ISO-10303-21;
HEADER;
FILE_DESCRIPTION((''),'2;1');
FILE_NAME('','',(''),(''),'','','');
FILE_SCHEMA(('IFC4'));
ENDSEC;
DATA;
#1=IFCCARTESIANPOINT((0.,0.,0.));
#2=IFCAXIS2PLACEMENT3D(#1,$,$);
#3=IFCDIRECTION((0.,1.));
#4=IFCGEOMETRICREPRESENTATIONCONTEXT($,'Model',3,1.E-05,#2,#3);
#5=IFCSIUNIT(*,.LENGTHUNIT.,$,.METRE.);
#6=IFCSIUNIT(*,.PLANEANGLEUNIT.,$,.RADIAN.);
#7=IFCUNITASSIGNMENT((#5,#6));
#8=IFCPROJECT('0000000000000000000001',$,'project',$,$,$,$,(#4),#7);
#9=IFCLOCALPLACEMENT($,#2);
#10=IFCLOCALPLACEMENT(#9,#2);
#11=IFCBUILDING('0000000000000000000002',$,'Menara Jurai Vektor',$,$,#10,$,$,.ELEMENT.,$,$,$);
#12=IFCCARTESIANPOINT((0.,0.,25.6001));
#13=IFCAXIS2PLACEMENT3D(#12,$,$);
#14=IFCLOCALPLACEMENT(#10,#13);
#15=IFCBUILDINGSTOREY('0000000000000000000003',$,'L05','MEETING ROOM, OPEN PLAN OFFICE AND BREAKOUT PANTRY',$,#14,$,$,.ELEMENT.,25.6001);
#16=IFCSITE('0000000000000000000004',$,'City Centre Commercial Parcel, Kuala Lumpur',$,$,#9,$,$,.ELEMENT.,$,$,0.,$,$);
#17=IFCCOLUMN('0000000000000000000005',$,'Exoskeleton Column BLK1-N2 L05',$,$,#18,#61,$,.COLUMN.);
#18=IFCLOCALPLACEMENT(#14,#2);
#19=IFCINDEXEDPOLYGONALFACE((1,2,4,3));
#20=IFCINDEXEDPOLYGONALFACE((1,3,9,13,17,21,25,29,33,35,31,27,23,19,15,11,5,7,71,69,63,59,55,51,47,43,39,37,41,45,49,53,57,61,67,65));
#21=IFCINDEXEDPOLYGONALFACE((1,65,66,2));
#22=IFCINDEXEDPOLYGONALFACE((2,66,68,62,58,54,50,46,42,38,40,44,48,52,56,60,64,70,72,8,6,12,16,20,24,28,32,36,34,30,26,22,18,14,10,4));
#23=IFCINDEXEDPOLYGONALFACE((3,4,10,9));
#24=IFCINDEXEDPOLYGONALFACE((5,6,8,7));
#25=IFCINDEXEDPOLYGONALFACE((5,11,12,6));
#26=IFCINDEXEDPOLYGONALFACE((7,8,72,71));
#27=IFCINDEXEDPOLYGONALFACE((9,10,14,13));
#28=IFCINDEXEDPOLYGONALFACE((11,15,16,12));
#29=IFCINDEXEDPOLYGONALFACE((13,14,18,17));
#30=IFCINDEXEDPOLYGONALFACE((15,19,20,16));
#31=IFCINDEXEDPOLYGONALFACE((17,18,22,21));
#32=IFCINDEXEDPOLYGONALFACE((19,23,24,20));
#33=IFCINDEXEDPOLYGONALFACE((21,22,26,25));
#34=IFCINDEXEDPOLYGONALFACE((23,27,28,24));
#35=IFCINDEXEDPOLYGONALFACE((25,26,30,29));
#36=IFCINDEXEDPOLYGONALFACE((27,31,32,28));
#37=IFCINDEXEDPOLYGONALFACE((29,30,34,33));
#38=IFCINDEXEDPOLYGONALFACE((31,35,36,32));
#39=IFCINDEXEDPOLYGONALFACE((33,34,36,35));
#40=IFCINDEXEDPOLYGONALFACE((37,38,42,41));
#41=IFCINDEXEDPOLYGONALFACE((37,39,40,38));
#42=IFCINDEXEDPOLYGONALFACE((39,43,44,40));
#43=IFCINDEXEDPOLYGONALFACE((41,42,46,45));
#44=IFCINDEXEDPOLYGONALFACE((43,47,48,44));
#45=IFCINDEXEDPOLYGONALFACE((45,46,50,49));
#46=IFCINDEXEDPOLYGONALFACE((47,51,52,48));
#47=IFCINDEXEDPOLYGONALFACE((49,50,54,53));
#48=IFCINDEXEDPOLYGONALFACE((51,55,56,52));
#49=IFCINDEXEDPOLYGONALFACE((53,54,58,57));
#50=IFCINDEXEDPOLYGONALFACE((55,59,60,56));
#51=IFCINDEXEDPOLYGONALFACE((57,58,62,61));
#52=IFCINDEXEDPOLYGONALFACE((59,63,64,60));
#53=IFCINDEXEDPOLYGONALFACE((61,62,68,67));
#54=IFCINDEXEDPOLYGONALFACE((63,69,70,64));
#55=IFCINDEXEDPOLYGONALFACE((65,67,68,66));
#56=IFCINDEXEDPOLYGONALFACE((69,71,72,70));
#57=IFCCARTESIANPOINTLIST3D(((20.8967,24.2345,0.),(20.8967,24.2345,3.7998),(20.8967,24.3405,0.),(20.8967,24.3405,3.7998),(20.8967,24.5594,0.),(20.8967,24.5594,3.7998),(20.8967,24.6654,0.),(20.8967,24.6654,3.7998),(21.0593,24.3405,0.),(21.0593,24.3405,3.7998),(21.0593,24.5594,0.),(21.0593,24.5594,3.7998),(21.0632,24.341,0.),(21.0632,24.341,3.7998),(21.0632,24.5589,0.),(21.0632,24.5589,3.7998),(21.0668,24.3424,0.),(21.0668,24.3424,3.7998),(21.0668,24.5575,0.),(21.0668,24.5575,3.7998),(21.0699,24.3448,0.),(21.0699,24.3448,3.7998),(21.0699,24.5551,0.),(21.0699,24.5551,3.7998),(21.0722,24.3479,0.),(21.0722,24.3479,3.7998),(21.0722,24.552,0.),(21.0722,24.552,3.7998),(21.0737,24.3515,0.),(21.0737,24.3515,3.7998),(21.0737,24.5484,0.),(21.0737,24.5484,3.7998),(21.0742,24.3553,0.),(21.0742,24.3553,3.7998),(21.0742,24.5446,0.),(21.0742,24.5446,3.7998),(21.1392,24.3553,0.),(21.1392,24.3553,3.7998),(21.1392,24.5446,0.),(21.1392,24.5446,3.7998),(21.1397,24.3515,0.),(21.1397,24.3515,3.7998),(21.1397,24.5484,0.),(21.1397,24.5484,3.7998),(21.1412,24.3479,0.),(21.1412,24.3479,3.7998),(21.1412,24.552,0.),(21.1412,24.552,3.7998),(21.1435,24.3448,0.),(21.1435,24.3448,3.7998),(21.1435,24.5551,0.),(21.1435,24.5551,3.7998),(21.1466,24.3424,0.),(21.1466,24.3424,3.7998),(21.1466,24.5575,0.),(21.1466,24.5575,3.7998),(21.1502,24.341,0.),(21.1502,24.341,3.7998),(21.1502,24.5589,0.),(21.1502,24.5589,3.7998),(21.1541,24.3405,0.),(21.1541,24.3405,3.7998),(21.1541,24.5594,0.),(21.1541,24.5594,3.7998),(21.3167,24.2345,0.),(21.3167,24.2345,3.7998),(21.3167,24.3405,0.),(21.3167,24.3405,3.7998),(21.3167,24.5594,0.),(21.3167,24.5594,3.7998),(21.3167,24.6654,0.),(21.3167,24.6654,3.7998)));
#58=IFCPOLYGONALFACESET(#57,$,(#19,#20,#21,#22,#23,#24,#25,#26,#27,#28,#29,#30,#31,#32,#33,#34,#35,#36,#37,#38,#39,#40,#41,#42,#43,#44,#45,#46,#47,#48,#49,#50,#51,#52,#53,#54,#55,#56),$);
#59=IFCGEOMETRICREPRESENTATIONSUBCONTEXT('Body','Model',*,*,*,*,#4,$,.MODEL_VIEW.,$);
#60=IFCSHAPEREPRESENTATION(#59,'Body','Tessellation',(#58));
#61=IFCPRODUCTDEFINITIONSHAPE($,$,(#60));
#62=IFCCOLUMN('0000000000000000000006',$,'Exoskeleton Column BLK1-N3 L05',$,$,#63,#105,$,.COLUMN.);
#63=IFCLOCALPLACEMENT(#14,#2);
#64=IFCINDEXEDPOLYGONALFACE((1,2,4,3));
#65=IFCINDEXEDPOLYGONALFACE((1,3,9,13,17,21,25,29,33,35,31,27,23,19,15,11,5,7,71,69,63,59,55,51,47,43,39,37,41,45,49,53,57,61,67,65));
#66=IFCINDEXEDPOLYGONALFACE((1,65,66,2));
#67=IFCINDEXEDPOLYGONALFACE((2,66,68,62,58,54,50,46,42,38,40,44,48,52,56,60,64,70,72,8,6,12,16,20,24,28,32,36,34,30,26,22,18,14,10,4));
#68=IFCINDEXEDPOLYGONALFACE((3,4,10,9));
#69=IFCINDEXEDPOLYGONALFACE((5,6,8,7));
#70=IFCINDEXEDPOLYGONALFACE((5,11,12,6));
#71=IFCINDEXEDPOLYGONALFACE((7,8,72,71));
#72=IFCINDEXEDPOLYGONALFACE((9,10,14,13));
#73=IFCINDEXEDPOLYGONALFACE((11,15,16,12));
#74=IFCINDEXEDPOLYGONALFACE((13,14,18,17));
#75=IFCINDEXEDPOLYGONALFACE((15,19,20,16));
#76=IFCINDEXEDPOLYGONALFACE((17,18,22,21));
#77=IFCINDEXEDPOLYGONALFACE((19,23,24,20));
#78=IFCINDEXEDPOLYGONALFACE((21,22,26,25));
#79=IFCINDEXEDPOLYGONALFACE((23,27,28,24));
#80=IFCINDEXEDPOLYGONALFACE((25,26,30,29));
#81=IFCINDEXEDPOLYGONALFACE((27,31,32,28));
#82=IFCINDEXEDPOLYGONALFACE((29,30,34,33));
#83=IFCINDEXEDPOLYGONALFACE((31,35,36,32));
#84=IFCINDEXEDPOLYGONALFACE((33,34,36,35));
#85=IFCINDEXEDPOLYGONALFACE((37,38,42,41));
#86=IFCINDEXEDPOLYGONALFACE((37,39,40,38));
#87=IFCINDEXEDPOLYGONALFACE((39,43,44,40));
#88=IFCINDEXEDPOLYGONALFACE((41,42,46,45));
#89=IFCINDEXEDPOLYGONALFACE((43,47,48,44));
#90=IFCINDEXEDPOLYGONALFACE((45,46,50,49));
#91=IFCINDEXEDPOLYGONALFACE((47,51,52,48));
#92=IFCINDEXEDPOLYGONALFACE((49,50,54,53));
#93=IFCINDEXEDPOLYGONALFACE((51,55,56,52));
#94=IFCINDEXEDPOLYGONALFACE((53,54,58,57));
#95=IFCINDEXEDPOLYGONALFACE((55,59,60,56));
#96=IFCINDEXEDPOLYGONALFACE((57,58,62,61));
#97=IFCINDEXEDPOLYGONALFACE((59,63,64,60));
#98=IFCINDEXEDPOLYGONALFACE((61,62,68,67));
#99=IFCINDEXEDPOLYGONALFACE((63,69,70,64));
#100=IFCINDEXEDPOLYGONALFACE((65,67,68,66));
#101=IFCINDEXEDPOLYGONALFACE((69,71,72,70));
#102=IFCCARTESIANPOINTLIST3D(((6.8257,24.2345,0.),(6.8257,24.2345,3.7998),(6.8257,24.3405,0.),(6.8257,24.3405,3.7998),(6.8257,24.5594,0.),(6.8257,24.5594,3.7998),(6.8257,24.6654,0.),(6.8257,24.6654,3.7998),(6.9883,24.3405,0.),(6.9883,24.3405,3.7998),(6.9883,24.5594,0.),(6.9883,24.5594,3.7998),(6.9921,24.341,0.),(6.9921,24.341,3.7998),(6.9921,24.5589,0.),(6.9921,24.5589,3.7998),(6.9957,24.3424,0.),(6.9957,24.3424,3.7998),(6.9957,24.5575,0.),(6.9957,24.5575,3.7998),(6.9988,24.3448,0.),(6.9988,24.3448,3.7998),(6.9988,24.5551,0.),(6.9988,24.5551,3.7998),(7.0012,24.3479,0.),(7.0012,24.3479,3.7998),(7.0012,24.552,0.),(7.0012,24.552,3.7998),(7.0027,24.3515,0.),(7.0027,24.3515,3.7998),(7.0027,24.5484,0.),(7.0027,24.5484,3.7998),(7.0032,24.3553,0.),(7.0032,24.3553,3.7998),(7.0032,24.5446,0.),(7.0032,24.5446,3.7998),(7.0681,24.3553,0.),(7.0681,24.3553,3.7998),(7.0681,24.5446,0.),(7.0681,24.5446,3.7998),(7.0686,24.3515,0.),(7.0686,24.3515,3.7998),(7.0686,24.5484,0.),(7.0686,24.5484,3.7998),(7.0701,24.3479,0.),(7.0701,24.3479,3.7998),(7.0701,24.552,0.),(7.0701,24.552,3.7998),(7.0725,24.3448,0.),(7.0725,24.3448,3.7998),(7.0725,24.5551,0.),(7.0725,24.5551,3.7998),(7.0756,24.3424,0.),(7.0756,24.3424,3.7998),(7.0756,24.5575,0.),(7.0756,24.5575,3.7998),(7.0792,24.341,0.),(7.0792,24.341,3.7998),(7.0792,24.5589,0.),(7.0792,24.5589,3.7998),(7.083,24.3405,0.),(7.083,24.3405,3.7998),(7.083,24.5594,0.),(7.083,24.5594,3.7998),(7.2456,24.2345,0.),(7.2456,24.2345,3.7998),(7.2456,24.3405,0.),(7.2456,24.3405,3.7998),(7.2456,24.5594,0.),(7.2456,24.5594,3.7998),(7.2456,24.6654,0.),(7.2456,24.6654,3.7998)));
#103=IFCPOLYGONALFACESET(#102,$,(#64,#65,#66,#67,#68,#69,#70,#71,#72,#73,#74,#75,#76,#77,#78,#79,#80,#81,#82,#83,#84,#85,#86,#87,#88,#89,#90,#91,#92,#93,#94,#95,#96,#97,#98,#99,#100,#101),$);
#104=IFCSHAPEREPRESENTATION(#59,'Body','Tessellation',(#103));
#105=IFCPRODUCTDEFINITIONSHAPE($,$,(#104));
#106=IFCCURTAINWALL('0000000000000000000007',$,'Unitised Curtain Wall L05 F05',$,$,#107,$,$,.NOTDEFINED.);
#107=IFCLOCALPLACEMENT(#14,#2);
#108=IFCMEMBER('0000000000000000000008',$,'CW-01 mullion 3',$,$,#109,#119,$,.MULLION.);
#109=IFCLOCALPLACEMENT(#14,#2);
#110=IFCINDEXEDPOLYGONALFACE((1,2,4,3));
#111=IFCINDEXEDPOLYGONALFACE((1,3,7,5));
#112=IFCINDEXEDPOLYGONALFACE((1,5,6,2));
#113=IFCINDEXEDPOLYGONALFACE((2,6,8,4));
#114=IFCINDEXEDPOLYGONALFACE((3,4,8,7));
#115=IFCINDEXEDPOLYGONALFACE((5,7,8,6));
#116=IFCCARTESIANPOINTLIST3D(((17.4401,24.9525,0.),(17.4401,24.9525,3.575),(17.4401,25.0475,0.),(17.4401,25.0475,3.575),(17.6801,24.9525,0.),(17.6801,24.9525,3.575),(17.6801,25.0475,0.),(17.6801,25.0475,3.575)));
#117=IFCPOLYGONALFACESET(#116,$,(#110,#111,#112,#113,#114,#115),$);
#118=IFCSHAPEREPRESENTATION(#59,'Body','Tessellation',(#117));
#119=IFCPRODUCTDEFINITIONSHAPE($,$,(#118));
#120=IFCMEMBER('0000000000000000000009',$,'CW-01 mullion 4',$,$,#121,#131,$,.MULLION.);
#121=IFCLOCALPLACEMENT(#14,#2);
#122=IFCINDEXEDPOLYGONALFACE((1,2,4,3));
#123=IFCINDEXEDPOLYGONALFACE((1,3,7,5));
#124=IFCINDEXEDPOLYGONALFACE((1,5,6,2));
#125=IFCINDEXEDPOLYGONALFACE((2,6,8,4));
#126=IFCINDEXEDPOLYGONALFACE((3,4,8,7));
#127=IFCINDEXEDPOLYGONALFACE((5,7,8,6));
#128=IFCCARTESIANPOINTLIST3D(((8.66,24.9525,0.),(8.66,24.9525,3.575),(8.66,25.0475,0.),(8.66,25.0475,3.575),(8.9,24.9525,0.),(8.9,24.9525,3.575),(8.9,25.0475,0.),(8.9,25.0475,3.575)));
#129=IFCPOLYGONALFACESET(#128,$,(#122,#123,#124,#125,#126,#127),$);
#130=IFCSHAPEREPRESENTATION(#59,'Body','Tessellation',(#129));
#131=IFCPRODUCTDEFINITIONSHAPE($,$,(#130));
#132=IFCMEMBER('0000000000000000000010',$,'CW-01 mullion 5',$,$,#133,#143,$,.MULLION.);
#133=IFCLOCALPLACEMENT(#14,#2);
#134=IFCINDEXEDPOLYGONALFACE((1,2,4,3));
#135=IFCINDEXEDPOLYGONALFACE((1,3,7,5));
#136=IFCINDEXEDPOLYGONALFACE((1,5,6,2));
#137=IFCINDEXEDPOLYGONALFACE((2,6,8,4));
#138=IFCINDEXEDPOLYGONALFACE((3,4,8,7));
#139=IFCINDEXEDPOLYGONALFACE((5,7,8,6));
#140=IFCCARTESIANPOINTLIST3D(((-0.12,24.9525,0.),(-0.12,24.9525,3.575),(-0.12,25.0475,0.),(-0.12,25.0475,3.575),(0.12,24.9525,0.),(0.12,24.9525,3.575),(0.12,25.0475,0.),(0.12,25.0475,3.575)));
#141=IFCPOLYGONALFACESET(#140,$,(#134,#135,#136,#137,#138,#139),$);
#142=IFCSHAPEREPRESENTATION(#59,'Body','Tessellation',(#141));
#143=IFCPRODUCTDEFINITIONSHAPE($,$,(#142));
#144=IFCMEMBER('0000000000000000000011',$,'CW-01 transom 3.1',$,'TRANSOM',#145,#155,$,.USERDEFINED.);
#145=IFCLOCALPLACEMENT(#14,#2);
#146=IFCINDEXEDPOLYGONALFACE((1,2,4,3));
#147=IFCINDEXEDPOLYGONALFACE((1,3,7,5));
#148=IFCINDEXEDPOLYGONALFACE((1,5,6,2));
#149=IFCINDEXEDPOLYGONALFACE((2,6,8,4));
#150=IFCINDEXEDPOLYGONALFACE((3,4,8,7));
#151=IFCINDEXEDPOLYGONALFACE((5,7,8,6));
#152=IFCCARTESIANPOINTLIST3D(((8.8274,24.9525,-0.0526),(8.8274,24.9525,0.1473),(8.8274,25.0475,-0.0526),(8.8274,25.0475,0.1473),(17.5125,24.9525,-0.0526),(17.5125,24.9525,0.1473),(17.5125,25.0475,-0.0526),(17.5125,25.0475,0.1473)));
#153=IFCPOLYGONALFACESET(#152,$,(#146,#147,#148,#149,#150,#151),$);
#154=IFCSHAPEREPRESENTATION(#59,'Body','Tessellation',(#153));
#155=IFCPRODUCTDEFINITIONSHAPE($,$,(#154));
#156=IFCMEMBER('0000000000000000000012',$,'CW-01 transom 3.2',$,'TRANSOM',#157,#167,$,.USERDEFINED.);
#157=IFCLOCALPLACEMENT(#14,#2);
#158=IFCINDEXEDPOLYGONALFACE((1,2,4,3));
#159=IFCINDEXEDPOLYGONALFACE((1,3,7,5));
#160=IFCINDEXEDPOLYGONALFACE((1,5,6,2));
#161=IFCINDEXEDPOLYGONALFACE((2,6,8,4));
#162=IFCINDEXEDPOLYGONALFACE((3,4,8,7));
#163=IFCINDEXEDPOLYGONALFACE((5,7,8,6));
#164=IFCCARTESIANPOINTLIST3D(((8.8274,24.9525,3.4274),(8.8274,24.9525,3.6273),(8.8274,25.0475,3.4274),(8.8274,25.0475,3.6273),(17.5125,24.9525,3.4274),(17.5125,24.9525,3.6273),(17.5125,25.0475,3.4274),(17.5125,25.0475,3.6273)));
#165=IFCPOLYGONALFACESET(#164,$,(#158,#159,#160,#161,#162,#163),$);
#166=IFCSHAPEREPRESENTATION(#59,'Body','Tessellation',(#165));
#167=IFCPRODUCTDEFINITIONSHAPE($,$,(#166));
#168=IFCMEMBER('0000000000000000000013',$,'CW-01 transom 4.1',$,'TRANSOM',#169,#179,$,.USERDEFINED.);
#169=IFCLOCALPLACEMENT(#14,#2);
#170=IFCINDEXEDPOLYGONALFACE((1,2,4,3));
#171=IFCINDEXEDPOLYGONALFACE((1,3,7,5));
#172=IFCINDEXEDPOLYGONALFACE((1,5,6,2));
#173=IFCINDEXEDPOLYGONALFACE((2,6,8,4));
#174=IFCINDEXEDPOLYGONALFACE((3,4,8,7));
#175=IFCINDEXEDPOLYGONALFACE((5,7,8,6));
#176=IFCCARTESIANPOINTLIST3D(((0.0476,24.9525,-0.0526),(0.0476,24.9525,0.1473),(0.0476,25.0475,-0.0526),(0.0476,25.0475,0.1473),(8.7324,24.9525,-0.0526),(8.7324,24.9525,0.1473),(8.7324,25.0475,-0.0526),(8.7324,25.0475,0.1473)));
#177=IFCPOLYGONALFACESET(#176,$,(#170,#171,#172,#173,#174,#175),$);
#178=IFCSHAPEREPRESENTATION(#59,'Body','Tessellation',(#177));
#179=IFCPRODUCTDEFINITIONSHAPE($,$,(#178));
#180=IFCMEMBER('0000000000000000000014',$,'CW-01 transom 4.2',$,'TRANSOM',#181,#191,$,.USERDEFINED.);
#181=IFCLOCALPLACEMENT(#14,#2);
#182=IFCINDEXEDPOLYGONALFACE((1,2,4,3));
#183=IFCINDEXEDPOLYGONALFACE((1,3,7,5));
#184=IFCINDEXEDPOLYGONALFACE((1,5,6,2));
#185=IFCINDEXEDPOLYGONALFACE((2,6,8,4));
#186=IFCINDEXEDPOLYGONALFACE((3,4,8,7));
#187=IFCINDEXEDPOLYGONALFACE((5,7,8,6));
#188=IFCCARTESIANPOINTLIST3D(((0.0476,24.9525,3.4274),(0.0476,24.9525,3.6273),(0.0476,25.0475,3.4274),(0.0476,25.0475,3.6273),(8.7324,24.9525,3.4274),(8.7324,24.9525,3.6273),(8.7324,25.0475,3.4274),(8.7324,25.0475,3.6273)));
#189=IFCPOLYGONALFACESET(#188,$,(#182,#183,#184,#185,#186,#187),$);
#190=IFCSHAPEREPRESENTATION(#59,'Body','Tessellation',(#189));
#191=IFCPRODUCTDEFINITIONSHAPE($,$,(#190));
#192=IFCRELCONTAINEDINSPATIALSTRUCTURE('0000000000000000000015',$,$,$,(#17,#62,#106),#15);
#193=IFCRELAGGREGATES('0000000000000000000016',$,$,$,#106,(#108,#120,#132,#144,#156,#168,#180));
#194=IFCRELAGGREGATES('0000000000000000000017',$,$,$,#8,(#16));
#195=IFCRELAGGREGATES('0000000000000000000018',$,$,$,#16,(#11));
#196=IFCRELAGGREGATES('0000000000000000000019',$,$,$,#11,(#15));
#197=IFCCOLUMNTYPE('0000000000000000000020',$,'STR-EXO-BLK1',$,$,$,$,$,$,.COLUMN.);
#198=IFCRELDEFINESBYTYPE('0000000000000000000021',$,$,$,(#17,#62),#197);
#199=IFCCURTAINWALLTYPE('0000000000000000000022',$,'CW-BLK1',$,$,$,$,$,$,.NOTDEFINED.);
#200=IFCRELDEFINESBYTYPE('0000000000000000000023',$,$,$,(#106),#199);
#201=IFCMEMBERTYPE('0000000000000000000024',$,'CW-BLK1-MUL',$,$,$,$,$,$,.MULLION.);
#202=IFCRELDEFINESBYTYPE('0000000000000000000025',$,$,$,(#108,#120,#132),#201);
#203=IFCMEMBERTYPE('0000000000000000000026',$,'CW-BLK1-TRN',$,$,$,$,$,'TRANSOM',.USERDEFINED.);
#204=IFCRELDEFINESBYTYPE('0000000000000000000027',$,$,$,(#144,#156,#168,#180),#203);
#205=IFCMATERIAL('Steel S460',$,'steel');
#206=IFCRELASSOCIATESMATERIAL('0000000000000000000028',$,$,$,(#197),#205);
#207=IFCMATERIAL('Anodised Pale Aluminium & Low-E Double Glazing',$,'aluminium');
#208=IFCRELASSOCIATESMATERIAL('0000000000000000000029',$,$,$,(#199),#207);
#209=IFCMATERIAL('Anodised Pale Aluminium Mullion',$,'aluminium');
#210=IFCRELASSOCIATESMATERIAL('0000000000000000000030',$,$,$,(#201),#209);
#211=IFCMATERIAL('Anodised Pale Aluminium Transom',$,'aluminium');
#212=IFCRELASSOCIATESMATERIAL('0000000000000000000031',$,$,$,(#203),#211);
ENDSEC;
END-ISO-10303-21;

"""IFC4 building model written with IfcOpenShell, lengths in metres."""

from ifc_helpers import new_model, si_unit, direction, frame, origin, origin_2d, place, context, subcontext, project, spatial, rectangle, i_section, extrude, material, material_profile, profile_set, type_object, element, aggregate, save


model = new_model("IFC4")

# Units and contexts
model_context = context("Model", 3, precision=1e-05, world=origin(), true_north=direction((0.0, 1.0)))
body_context = subcontext(model_context, "Body", "Model", "MODEL_VIEW")
ifc_project = project(units=[si_unit("LENGTHUNIT", "METRE"), si_unit("PLANEANGLEUNIT", "RADIAN")], contexts=[model_context])

# Site, building, storey
site_placement = place(None, origin())
site = spatial("IfcSite", under=ifc_project, at=site_placement, Name="City Centre Commercial Parcel, Kuala Lumpur", CompositionType="ELEMENT", RefElevation=0.0)
building_placement = place(site_placement, origin())
building = spatial("IfcBuilding", under=site, at=building_placement, Name="Menara Jurai Vektor", CompositionType="ELEMENT")
storey_placement = place(building_placement, frame((0.0, 0.0, 25.6001)))
storey = spatial("IfcBuildingStorey", under=building, at=storey_placement, Name="L05", Description="MEETING ROOM, OPEN PLAN OFFICE AND BREAKOUT PANTRY", CompositionType="ELEMENT", Elevation=25.6001)

# Columns
ifc_material_1 = material(Name="Steel S460", Category="steel")
ifc_material_profile_1 = material_profile(ifc_material_1, i_section(OverallWidth=0.4199, OverallDepth=0.4309, WebThickness=0.0649, FlangeThickness=0.106, FilletRadius=0.0149, at=origin_2d()), Name="HD 400x900")
ifc_profile_set_1 = profile_set([ifc_material_profile_1], Name="Steel S460")
column_type = type_object("IfcColumnType", Name="STR-EXO-BLK1", PredefinedType="COLUMN", material=ifc_profile_set_1)
for number, where, z_axis, x_axis, name in (
    (1, (21.1067, 24.45, 0.0), (0.0, 0.0, 1.0), (1.0, 0.0, 0.0), "Exoskeleton Column BLK1-N2 L05"),
    (2, (7.0356, 24.45, 0.0), (0.0, 0.0, 1.0), (1.0, 0.0, 0.0), "Exoskeleton Column BLK1-N3 L05"),
):
    element("IfcColumn", number, at=place(storey_placement, frame(where, z_axis=z_axis, x_axis=x_axis)), inside=storey, type_object=column_type, Name=name, PredefinedType="COLUMN", context=body_context, shape_type="SweptSolid", body=[
        extrude(i_section(OverallWidth=0.4199, OverallDepth=0.4309, WebThickness=0.0649, FlangeThickness=0.106, FilletRadius=0.0149, at=origin_2d()), origin(), (0.0, 0.0, 1.0), 3.7998),
    ])

# Curtain wall, members
ifc_material_2 = material(Name="Anodised Pale Aluminium & Low-E Double Glazing", Category="aluminium")
curtain_wall_type = type_object("IfcCurtainWallType", Name="CW-BLK1", PredefinedType="NOTDEFINED", material=ifc_material_2)
curtain_wall_placement = place(storey_placement, origin())
curtain_wall = element("IfcCurtainWall", 3, at=curtain_wall_placement, inside=storey, type_object=curtain_wall_type, Name="Unitised Curtain Wall L05 F05", PredefinedType="NOTDEFINED")
ifc_material_3 = material(Name="Anodised Pale Aluminium Mullion", Category="aluminium")
ifc_material_profile_2 = material_profile(ifc_material_3, rectangle(XDim=0.095, YDim=0.24, at=origin_2d()), Name="ALU MUL 95x240")
ifc_profile_set_2 = profile_set([ifc_material_profile_2], Name="Anodised Pale Aluminium Mullion")
member_type_1 = type_object("IfcMemberType", Name="CW-BLK1-MUL", PredefinedType="MULLION", material=ifc_profile_set_2)
member_1_placement = place(storey_placement, frame((17.5601, 25.0, 0.0), z_axis=(0.0, 0.0, 1.0), x_axis=(0.0, -1.0, 0.0)))
member_1 = element("IfcMember", 4, at=member_1_placement, type_object=member_type_1, Name="CW-01 mullion 3", PredefinedType="MULLION", context=body_context, shape_type="SweptSolid", body=[
    extrude(rectangle(XDim=0.095, YDim=0.24, at=origin_2d()), origin(), (0.0, 0.0, 1.0), 3.575),
])
member_2_placement = place(storey_placement, frame((8.78, 25.0, 0.0), z_axis=(0.0, 0.0, 1.0), x_axis=(0.0, -1.0, 0.0)))
member_2 = element("IfcMember", 5, at=member_2_placement, type_object=member_type_1, Name="CW-01 mullion 4", PredefinedType="MULLION", context=body_context, shape_type="SweptSolid", body=[
    extrude(rectangle(XDim=0.095, YDim=0.24, at=origin_2d()), origin(), (0.0, 0.0, 1.0), 3.575),
])
member_3_placement = place(storey_placement, frame((0.0, 25.0, 0.0), z_axis=(0.0, 0.0, 1.0), x_axis=(0.0, -1.0, 0.0)))
member_3 = element("IfcMember", 6, at=member_3_placement, type_object=member_type_1, Name="CW-01 mullion 5", PredefinedType="MULLION", context=body_context, shape_type="SweptSolid", body=[
    extrude(rectangle(XDim=0.095, YDim=0.24, at=origin_2d()), origin(), (0.0, 0.0, 1.0), 3.575),
])
ifc_material_4 = material(Name="Anodised Pale Aluminium Transom", Category="aluminium")
ifc_material_profile_3 = material_profile(ifc_material_4, rectangle(XDim=0.095, YDim=0.2, at=origin_2d()), Name="ALU TRN 95x200")
ifc_profile_set_3 = profile_set([ifc_material_profile_3], Name="Anodised Pale Aluminium Transom")
member_type_2 = type_object("IfcMemberType", Name="CW-BLK1-TRN", ElementType="TRANSOM", PredefinedType="USERDEFINED", material=ifc_profile_set_3)
member_4_placement = place(storey_placement, frame((17.5125, 25.0, 0.0474), z_axis=(-1.0, 0.0, 0.0), x_axis=(0.0, -1.0, 0.0)))
member_4 = element("IfcMember", 7, at=member_4_placement, type_object=member_type_2, Name="CW-01 transom 3.1", ObjectType="TRANSOM", PredefinedType="USERDEFINED", context=body_context, shape_type="SweptSolid", body=[
    extrude(rectangle(XDim=0.095, YDim=0.2, at=origin_2d()), origin(), (0.0, 0.0, 1.0), 8.6851),
])
member_5_placement = place(storey_placement, frame((17.5125, 25.0, 3.5273), z_axis=(-1.0, 0.0, 0.0), x_axis=(0.0, -1.0, 0.0)))
member_5 = element("IfcMember", 8, at=member_5_placement, type_object=member_type_2, Name="CW-01 transom 3.2", ObjectType="TRANSOM", PredefinedType="USERDEFINED", context=body_context, shape_type="SweptSolid", body=[
    extrude(rectangle(XDim=0.095, YDim=0.2, at=origin_2d()), origin(), (0.0, 0.0, 1.0), 8.6851),
])
member_6_placement = place(storey_placement, frame((8.7324, 25.0, 0.0474), z_axis=(-1.0, 0.0, 0.0), x_axis=(0.0, -1.0, 0.0)))
member_6 = element("IfcMember", 9, at=member_6_placement, type_object=member_type_2, Name="CW-01 transom 4.1", ObjectType="TRANSOM", PredefinedType="USERDEFINED", context=body_context, shape_type="SweptSolid", body=[
    extrude(rectangle(XDim=0.095, YDim=0.2, at=origin_2d()), origin(), (0.0, 0.0, 1.0), 8.6848),
])
member_7_placement = place(storey_placement, frame((8.7324, 25.0, 3.5273), z_axis=(-1.0, 0.0, 0.0), x_axis=(0.0, -1.0, 0.0)))
member_7 = element("IfcMember", 10, at=member_7_placement, type_object=member_type_2, Name="CW-01 transom 4.2", ObjectType="TRANSOM", PredefinedType="USERDEFINED", context=body_context, shape_type="SweptSolid", body=[
    extrude(rectangle(XDim=0.095, YDim=0.2, at=origin_2d()), origin(), (0.0, 0.0, 1.0), 8.6848),
])

aggregate(curtain_wall, [member_1, member_2, member_3, member_4, member_5, member_6, member_7])

save(model, "model.ifc")
